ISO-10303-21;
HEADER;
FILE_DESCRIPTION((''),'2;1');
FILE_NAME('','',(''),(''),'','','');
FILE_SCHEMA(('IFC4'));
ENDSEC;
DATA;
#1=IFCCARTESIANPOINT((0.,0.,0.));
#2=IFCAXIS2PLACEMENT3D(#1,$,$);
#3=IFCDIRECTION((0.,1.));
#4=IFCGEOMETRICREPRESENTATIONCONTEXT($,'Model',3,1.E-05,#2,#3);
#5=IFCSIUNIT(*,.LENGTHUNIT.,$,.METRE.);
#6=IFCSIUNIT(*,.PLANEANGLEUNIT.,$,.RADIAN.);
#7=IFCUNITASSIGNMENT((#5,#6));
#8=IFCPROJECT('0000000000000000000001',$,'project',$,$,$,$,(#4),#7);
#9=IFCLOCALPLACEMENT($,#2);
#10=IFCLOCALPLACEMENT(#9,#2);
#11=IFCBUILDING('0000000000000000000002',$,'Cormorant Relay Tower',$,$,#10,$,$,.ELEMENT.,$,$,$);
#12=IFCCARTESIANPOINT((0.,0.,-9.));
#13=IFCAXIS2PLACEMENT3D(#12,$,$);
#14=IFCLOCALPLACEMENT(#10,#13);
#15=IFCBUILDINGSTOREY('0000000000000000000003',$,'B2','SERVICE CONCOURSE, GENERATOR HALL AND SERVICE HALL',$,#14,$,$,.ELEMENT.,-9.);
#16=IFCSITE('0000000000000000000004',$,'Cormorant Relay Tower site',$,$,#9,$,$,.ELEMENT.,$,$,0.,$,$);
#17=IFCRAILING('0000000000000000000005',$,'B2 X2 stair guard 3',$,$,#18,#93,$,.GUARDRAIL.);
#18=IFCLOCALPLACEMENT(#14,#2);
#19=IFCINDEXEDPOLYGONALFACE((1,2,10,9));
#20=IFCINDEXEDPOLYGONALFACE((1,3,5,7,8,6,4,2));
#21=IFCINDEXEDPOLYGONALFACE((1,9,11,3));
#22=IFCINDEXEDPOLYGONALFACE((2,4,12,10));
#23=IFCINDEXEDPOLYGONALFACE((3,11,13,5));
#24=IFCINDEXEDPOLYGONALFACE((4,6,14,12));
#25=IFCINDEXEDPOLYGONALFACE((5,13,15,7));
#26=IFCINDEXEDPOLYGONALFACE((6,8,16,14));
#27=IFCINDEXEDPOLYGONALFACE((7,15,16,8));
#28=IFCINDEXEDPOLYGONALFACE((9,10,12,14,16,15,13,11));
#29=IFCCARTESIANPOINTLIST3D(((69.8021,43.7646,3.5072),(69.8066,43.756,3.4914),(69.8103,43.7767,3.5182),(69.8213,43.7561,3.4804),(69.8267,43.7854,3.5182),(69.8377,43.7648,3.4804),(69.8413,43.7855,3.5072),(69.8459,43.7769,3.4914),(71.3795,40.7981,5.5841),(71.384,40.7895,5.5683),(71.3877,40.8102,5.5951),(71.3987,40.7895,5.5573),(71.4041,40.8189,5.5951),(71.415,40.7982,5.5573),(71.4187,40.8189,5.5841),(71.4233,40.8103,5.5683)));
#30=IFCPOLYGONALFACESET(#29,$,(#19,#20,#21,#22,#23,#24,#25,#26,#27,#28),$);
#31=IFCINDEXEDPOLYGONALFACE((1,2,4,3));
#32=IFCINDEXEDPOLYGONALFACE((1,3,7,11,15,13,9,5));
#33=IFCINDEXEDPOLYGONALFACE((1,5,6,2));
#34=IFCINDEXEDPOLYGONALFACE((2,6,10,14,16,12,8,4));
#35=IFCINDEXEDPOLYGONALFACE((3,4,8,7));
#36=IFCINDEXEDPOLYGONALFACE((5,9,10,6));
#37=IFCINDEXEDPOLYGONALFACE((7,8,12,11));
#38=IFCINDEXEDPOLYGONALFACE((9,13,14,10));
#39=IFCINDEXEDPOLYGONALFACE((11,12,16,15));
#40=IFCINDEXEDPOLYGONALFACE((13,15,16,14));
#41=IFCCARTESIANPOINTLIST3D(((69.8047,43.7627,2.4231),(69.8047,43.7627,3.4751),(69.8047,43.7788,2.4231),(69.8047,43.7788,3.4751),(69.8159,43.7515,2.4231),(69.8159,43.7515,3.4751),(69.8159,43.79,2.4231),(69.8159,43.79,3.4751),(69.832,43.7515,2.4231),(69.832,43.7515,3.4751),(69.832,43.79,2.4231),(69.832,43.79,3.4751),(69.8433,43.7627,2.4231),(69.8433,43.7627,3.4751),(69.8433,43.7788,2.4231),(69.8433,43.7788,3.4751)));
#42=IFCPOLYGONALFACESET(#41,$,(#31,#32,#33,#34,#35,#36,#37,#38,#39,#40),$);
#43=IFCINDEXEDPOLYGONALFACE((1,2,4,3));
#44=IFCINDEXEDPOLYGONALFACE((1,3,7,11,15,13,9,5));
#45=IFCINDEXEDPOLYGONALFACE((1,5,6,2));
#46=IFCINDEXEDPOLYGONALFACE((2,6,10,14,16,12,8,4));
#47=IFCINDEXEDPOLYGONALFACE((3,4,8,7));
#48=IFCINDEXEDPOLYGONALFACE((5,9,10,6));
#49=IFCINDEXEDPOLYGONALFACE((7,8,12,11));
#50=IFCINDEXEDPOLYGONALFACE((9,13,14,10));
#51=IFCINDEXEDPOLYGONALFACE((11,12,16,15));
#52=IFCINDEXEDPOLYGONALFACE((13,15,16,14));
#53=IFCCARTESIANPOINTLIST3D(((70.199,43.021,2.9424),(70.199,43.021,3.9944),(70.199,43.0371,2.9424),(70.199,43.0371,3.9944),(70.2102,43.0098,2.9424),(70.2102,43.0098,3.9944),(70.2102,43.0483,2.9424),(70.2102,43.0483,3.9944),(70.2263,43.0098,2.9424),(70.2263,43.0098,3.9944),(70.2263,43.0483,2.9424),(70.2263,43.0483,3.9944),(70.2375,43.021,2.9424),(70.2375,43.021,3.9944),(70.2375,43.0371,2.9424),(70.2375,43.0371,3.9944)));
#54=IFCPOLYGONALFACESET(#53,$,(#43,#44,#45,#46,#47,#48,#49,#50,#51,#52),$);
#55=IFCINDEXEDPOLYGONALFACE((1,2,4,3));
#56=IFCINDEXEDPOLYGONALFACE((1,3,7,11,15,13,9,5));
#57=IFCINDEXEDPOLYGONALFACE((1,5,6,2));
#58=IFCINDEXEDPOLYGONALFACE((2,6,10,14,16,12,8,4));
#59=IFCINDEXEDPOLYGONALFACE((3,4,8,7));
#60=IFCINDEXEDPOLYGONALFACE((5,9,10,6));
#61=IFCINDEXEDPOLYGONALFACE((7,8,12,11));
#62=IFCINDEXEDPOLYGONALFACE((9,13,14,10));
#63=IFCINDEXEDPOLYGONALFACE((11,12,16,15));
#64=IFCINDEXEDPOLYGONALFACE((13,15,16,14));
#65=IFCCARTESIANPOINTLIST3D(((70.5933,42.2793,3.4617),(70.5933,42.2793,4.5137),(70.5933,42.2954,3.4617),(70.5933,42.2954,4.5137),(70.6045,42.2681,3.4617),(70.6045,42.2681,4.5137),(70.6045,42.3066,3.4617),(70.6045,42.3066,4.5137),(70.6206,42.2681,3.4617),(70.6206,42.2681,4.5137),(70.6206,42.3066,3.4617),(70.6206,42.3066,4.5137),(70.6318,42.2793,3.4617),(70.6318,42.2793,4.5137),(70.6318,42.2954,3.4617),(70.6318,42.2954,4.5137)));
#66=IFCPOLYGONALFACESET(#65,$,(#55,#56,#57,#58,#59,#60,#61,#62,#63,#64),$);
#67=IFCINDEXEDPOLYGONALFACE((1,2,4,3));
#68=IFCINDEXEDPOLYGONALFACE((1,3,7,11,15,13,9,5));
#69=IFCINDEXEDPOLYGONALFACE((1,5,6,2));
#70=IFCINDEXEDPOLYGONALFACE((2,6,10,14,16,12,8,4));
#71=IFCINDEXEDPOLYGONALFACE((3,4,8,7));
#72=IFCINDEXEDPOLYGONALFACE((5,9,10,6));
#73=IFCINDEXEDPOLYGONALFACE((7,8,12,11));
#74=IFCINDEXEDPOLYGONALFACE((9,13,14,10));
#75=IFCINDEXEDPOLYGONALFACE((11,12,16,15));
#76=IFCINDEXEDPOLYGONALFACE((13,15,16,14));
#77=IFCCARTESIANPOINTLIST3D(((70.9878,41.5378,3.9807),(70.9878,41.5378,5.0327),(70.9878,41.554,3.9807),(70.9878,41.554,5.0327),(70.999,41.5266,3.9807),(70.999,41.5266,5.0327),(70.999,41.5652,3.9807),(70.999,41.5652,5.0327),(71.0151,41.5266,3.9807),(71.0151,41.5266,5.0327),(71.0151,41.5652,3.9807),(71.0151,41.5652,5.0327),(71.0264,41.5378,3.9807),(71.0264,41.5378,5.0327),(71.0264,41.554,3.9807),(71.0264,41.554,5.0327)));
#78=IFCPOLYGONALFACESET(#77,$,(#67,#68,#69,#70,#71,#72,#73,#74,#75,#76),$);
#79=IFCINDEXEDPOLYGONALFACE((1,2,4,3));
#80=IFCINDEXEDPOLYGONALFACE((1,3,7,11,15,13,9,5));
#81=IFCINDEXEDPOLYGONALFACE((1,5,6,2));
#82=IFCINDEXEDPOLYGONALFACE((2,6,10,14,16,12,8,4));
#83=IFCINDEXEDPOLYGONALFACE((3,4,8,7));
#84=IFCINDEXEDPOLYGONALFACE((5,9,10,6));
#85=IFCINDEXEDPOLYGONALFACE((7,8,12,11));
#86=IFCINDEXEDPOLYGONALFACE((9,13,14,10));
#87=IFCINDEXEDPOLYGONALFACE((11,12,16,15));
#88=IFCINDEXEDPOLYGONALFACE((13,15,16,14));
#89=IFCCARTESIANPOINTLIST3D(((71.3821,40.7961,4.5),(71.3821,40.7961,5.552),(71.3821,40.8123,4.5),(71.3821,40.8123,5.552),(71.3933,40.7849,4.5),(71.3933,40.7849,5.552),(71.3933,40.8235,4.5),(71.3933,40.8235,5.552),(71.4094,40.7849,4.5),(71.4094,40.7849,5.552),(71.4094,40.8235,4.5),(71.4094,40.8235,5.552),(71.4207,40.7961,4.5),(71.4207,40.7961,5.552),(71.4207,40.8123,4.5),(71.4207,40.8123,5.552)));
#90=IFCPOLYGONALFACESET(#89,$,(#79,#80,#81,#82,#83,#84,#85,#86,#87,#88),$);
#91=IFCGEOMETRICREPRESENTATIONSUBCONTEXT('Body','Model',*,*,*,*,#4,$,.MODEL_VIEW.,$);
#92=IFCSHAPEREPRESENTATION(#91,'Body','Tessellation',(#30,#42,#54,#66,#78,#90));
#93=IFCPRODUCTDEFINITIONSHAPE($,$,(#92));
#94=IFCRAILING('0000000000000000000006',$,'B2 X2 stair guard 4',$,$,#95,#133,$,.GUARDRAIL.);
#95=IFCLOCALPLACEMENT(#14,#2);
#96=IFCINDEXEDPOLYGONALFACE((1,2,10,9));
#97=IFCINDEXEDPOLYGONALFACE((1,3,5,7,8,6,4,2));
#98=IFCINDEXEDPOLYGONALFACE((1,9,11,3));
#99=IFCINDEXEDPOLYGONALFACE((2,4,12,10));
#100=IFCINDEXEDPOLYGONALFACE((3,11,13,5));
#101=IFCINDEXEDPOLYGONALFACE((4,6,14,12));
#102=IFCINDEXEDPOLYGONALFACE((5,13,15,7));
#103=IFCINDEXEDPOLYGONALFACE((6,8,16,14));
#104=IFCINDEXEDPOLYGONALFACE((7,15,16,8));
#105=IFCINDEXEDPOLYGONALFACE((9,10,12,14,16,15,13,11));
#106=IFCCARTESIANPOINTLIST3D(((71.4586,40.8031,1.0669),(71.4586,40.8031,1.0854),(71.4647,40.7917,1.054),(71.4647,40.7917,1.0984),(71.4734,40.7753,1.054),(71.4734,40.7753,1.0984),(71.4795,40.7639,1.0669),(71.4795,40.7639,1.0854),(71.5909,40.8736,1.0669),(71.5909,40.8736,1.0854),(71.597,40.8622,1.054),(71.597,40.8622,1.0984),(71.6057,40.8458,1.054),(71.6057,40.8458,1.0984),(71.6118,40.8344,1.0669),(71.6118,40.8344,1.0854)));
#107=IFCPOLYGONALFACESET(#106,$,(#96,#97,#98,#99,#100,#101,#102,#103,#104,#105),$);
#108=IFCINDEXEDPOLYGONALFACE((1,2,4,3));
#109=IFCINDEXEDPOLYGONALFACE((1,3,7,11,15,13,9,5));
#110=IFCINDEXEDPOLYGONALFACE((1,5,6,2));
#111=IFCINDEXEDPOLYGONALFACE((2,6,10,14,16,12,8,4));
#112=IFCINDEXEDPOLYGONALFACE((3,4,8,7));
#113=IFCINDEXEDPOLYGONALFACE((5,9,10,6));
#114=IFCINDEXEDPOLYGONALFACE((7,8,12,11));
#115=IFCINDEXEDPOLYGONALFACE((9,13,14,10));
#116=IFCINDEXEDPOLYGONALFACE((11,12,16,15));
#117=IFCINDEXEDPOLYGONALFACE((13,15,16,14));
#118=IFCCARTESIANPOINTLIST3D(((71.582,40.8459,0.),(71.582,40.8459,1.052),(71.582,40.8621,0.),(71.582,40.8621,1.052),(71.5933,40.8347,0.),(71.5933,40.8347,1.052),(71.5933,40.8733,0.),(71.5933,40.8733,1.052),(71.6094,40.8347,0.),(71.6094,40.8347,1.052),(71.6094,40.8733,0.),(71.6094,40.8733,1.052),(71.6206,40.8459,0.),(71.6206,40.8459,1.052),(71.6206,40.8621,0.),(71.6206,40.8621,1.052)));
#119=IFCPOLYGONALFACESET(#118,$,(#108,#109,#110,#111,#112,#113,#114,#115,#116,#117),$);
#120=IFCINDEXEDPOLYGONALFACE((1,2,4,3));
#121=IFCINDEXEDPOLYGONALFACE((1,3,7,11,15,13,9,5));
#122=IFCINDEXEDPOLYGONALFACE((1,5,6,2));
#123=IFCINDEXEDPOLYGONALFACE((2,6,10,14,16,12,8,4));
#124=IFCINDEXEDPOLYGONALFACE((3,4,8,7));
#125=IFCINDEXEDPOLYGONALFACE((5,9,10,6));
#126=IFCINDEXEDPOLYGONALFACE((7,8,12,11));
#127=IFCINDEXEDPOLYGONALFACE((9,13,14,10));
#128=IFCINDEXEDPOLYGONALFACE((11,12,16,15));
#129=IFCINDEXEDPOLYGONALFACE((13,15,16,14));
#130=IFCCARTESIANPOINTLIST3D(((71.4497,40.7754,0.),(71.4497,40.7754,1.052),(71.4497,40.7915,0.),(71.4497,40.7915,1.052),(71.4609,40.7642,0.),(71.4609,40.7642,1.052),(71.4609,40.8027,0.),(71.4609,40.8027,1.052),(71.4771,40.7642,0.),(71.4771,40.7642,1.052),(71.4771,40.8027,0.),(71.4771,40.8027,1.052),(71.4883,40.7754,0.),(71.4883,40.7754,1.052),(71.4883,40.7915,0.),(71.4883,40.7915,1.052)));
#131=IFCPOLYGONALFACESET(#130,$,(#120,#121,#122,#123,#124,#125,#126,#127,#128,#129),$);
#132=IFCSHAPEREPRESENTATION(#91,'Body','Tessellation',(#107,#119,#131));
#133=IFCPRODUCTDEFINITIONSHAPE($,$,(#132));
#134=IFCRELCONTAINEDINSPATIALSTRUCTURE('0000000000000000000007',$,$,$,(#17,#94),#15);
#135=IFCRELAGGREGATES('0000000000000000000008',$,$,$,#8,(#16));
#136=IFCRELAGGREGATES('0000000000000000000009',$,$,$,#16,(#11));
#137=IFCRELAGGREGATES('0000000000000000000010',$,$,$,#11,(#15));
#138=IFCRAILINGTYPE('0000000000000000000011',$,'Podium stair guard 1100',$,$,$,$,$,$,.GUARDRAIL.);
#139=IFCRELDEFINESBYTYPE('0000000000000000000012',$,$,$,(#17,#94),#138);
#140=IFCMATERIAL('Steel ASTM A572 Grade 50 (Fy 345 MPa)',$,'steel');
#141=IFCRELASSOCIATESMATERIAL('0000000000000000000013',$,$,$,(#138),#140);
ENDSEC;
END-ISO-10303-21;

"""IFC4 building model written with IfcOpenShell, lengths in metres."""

from ifc_helpers import new_model, si_unit, direction, frame, origin, place, context, subcontext, project, spatial, polyline, outline, extrude, material, type_object, element, save


model = new_model("IFC4")

# Units and contexts
model_context = context("Model", 3, precision=1e-05, world=origin(), true_north=direction((0.0, 1.0)))
body_context = subcontext(model_context, "Body", "Model", "MODEL_VIEW")
ifc_project = project(units=[si_unit("LENGTHUNIT", "METRE"), si_unit("PLANEANGLEUNIT", "RADIAN")], contexts=[model_context])

# Site, building, storey
site_placement = place(None, origin())
site = spatial("IfcSite", under=ifc_project, at=site_placement, Name="Cormorant Relay Tower site", CompositionType="ELEMENT", RefElevation=0.0)
building_placement = place(site_placement, origin())
building = spatial("IfcBuilding", under=site, at=building_placement, Name="Cormorant Relay Tower", CompositionType="ELEMENT")
storey_placement = place(building_placement, frame((0.0, 0.0, -9.0)))
storey = spatial("IfcBuildingStorey", under=building, at=storey_placement, Name="B2", Description="SERVICE CONCOURSE, GENERATOR HALL AND SERVICE HALL", CompositionType="ELEMENT", Elevation=-9.0)

# Railings
ifc_material_1 = material(Name="Steel ASTM A572 Grade 50 (Fy 345 MPa)", Category="steel")
railing_type_1 = type_object("IfcRailingType", Name="Podium stair guard 1100", PredefinedType="GUARDRAIL", material=ifc_material_1)
railing_1_placement = place(storey_placement, frame((69.824, 43.7708, 2.4231)))
element("IfcRailing", 1, at=railing_1_placement, inside=storey, type_object=railing_type_1, Name="B2 X2 stair guard 3", PredefinedType="GUARDRAIL", context=body_context, shape_type="SweptSolid", body=[
    extrude(outline(polyline([(0.0222, 0.0093), (0.0093, 0.0222), (-0.0093, 0.0222), (-0.0222, 0.0093), (-0.0222, -0.0093), (-0.0093, -0.0222), (0.0093, -0.0222), (0.0222, -0.0093), (0.0222, 0.0093)])), frame((0.0, 0.0, 1.0762), z_axis=(0.399345, -0.751035, 0.525805), x_axis=(0.882942, 0.469483, 0.0)), (0.0, 0.0, 1.0), 3.95),
    extrude(outline(polyline([(0.0193, 0.0081), (0.0081, 0.0193), (-0.0081, 0.0193), (-0.0193, 0.0081), (-0.0193, -0.0081), (-0.0081, -0.0193), (0.0081, -0.0193), (0.0193, -0.0081), (0.0193, 0.0081)])), origin(), (0.0, 0.0, 1.0), 1.052),
    extrude(outline(polyline([(0.0193, 0.0081), (0.0081, 0.0193), (-0.0081, 0.0193), (-0.0193, 0.0081), (-0.0193, -0.0081), (-0.0081, -0.0193), (0.0081, -0.0193), (0.0193, -0.0081), (0.0193, 0.0081)])), frame((0.3943, -0.7417, 0.5193)), (0.0, 0.0, 1.0), 1.052),
    extrude(outline(polyline([(0.0193, 0.0081), (0.0081, 0.0193), (-0.0081, 0.0193), (-0.0193, 0.0081), (-0.0193, -0.0081), (-0.0081, -0.0193), (0.0081, -0.0193), (0.0193, -0.0081), (0.0193, 0.0081)])), frame((0.7886, -1.4834, 1.0386)), (0.0, 0.0, 1.0), 1.052),
    extrude(outline(polyline([(0.0193, 0.0081), (0.0081, 0.0193), (-0.0081, 0.0193), (-0.0193, 0.0081), (-0.0193, -0.0081), (-0.0081, -0.0193), (0.0081, -0.0193), (0.0193, -0.0081), (0.0193, 0.0081)])), frame((1.1831, -2.2249, 1.5576)), (0.0, 0.0, 1.0), 1.052),
    extrude(outline(polyline([(0.0193, 0.0081), (0.0081, 0.0193), (-0.0081, 0.0193), (-0.0193, 0.0081), (-0.0193, -0.0081), (-0.0081, -0.0193), (0.0081, -0.0193), (0.0193, -0.0081), (0.0193, 0.0081)])), frame((1.5774, -2.9666, 2.0769)), (0.0, 0.0, 1.0), 1.052),
])
railing_2_placement = place(storey_placement, frame((71.6013, 40.854, 0.0)))
element("IfcRailing", 2, at=railing_2_placement, inside=storey, type_object=railing_type_1, Name="B2 X2 stair guard 4", PredefinedType="GUARDRAIL", context=body_context, shape_type="SweptSolid", body=[
    extrude(outline(polyline([(0.0222, 0.0093), (0.0093, 0.0222), (-0.0093, 0.0222), (-0.0222, 0.0093), (-0.0222, -0.0093), (-0.0093, -0.0222), (0.0093, -0.0222), (0.0222, -0.0093), (0.0222, 0.0093)])), frame((0.0, 0.0, 1.0762), z_axis=(-0.882398, -0.470504, 0.0), x_axis=(0.470504, -0.882398, 0.0)), (0.0, 0.0, 1.0), 0.1499),
    extrude(outline(polyline([(0.0193, 0.0081), (0.0081, 0.0193), (-0.0081, 0.0193), (-0.0193, 0.0081), (-0.0193, -0.0081), (-0.0081, -0.0193), (0.0081, -0.0193), (0.0193, -0.0081), (0.0193, 0.0081)])), origin(), (0.0, 0.0, 1.0), 1.052),
    extrude(outline(polyline([(0.0193, 0.0081), (0.0081, 0.0193), (-0.0081, 0.0193), (-0.0193, 0.0081), (-0.0193, -0.0081), (-0.0081, -0.0193), (0.0081, -0.0193), (0.0193, -0.0081), (0.0193, 0.0081)])), frame((-0.1323, -0.0706, 0.0)), (0.0, 0.0, 1.0), 1.052),
])

save(model, "model.ifc")
